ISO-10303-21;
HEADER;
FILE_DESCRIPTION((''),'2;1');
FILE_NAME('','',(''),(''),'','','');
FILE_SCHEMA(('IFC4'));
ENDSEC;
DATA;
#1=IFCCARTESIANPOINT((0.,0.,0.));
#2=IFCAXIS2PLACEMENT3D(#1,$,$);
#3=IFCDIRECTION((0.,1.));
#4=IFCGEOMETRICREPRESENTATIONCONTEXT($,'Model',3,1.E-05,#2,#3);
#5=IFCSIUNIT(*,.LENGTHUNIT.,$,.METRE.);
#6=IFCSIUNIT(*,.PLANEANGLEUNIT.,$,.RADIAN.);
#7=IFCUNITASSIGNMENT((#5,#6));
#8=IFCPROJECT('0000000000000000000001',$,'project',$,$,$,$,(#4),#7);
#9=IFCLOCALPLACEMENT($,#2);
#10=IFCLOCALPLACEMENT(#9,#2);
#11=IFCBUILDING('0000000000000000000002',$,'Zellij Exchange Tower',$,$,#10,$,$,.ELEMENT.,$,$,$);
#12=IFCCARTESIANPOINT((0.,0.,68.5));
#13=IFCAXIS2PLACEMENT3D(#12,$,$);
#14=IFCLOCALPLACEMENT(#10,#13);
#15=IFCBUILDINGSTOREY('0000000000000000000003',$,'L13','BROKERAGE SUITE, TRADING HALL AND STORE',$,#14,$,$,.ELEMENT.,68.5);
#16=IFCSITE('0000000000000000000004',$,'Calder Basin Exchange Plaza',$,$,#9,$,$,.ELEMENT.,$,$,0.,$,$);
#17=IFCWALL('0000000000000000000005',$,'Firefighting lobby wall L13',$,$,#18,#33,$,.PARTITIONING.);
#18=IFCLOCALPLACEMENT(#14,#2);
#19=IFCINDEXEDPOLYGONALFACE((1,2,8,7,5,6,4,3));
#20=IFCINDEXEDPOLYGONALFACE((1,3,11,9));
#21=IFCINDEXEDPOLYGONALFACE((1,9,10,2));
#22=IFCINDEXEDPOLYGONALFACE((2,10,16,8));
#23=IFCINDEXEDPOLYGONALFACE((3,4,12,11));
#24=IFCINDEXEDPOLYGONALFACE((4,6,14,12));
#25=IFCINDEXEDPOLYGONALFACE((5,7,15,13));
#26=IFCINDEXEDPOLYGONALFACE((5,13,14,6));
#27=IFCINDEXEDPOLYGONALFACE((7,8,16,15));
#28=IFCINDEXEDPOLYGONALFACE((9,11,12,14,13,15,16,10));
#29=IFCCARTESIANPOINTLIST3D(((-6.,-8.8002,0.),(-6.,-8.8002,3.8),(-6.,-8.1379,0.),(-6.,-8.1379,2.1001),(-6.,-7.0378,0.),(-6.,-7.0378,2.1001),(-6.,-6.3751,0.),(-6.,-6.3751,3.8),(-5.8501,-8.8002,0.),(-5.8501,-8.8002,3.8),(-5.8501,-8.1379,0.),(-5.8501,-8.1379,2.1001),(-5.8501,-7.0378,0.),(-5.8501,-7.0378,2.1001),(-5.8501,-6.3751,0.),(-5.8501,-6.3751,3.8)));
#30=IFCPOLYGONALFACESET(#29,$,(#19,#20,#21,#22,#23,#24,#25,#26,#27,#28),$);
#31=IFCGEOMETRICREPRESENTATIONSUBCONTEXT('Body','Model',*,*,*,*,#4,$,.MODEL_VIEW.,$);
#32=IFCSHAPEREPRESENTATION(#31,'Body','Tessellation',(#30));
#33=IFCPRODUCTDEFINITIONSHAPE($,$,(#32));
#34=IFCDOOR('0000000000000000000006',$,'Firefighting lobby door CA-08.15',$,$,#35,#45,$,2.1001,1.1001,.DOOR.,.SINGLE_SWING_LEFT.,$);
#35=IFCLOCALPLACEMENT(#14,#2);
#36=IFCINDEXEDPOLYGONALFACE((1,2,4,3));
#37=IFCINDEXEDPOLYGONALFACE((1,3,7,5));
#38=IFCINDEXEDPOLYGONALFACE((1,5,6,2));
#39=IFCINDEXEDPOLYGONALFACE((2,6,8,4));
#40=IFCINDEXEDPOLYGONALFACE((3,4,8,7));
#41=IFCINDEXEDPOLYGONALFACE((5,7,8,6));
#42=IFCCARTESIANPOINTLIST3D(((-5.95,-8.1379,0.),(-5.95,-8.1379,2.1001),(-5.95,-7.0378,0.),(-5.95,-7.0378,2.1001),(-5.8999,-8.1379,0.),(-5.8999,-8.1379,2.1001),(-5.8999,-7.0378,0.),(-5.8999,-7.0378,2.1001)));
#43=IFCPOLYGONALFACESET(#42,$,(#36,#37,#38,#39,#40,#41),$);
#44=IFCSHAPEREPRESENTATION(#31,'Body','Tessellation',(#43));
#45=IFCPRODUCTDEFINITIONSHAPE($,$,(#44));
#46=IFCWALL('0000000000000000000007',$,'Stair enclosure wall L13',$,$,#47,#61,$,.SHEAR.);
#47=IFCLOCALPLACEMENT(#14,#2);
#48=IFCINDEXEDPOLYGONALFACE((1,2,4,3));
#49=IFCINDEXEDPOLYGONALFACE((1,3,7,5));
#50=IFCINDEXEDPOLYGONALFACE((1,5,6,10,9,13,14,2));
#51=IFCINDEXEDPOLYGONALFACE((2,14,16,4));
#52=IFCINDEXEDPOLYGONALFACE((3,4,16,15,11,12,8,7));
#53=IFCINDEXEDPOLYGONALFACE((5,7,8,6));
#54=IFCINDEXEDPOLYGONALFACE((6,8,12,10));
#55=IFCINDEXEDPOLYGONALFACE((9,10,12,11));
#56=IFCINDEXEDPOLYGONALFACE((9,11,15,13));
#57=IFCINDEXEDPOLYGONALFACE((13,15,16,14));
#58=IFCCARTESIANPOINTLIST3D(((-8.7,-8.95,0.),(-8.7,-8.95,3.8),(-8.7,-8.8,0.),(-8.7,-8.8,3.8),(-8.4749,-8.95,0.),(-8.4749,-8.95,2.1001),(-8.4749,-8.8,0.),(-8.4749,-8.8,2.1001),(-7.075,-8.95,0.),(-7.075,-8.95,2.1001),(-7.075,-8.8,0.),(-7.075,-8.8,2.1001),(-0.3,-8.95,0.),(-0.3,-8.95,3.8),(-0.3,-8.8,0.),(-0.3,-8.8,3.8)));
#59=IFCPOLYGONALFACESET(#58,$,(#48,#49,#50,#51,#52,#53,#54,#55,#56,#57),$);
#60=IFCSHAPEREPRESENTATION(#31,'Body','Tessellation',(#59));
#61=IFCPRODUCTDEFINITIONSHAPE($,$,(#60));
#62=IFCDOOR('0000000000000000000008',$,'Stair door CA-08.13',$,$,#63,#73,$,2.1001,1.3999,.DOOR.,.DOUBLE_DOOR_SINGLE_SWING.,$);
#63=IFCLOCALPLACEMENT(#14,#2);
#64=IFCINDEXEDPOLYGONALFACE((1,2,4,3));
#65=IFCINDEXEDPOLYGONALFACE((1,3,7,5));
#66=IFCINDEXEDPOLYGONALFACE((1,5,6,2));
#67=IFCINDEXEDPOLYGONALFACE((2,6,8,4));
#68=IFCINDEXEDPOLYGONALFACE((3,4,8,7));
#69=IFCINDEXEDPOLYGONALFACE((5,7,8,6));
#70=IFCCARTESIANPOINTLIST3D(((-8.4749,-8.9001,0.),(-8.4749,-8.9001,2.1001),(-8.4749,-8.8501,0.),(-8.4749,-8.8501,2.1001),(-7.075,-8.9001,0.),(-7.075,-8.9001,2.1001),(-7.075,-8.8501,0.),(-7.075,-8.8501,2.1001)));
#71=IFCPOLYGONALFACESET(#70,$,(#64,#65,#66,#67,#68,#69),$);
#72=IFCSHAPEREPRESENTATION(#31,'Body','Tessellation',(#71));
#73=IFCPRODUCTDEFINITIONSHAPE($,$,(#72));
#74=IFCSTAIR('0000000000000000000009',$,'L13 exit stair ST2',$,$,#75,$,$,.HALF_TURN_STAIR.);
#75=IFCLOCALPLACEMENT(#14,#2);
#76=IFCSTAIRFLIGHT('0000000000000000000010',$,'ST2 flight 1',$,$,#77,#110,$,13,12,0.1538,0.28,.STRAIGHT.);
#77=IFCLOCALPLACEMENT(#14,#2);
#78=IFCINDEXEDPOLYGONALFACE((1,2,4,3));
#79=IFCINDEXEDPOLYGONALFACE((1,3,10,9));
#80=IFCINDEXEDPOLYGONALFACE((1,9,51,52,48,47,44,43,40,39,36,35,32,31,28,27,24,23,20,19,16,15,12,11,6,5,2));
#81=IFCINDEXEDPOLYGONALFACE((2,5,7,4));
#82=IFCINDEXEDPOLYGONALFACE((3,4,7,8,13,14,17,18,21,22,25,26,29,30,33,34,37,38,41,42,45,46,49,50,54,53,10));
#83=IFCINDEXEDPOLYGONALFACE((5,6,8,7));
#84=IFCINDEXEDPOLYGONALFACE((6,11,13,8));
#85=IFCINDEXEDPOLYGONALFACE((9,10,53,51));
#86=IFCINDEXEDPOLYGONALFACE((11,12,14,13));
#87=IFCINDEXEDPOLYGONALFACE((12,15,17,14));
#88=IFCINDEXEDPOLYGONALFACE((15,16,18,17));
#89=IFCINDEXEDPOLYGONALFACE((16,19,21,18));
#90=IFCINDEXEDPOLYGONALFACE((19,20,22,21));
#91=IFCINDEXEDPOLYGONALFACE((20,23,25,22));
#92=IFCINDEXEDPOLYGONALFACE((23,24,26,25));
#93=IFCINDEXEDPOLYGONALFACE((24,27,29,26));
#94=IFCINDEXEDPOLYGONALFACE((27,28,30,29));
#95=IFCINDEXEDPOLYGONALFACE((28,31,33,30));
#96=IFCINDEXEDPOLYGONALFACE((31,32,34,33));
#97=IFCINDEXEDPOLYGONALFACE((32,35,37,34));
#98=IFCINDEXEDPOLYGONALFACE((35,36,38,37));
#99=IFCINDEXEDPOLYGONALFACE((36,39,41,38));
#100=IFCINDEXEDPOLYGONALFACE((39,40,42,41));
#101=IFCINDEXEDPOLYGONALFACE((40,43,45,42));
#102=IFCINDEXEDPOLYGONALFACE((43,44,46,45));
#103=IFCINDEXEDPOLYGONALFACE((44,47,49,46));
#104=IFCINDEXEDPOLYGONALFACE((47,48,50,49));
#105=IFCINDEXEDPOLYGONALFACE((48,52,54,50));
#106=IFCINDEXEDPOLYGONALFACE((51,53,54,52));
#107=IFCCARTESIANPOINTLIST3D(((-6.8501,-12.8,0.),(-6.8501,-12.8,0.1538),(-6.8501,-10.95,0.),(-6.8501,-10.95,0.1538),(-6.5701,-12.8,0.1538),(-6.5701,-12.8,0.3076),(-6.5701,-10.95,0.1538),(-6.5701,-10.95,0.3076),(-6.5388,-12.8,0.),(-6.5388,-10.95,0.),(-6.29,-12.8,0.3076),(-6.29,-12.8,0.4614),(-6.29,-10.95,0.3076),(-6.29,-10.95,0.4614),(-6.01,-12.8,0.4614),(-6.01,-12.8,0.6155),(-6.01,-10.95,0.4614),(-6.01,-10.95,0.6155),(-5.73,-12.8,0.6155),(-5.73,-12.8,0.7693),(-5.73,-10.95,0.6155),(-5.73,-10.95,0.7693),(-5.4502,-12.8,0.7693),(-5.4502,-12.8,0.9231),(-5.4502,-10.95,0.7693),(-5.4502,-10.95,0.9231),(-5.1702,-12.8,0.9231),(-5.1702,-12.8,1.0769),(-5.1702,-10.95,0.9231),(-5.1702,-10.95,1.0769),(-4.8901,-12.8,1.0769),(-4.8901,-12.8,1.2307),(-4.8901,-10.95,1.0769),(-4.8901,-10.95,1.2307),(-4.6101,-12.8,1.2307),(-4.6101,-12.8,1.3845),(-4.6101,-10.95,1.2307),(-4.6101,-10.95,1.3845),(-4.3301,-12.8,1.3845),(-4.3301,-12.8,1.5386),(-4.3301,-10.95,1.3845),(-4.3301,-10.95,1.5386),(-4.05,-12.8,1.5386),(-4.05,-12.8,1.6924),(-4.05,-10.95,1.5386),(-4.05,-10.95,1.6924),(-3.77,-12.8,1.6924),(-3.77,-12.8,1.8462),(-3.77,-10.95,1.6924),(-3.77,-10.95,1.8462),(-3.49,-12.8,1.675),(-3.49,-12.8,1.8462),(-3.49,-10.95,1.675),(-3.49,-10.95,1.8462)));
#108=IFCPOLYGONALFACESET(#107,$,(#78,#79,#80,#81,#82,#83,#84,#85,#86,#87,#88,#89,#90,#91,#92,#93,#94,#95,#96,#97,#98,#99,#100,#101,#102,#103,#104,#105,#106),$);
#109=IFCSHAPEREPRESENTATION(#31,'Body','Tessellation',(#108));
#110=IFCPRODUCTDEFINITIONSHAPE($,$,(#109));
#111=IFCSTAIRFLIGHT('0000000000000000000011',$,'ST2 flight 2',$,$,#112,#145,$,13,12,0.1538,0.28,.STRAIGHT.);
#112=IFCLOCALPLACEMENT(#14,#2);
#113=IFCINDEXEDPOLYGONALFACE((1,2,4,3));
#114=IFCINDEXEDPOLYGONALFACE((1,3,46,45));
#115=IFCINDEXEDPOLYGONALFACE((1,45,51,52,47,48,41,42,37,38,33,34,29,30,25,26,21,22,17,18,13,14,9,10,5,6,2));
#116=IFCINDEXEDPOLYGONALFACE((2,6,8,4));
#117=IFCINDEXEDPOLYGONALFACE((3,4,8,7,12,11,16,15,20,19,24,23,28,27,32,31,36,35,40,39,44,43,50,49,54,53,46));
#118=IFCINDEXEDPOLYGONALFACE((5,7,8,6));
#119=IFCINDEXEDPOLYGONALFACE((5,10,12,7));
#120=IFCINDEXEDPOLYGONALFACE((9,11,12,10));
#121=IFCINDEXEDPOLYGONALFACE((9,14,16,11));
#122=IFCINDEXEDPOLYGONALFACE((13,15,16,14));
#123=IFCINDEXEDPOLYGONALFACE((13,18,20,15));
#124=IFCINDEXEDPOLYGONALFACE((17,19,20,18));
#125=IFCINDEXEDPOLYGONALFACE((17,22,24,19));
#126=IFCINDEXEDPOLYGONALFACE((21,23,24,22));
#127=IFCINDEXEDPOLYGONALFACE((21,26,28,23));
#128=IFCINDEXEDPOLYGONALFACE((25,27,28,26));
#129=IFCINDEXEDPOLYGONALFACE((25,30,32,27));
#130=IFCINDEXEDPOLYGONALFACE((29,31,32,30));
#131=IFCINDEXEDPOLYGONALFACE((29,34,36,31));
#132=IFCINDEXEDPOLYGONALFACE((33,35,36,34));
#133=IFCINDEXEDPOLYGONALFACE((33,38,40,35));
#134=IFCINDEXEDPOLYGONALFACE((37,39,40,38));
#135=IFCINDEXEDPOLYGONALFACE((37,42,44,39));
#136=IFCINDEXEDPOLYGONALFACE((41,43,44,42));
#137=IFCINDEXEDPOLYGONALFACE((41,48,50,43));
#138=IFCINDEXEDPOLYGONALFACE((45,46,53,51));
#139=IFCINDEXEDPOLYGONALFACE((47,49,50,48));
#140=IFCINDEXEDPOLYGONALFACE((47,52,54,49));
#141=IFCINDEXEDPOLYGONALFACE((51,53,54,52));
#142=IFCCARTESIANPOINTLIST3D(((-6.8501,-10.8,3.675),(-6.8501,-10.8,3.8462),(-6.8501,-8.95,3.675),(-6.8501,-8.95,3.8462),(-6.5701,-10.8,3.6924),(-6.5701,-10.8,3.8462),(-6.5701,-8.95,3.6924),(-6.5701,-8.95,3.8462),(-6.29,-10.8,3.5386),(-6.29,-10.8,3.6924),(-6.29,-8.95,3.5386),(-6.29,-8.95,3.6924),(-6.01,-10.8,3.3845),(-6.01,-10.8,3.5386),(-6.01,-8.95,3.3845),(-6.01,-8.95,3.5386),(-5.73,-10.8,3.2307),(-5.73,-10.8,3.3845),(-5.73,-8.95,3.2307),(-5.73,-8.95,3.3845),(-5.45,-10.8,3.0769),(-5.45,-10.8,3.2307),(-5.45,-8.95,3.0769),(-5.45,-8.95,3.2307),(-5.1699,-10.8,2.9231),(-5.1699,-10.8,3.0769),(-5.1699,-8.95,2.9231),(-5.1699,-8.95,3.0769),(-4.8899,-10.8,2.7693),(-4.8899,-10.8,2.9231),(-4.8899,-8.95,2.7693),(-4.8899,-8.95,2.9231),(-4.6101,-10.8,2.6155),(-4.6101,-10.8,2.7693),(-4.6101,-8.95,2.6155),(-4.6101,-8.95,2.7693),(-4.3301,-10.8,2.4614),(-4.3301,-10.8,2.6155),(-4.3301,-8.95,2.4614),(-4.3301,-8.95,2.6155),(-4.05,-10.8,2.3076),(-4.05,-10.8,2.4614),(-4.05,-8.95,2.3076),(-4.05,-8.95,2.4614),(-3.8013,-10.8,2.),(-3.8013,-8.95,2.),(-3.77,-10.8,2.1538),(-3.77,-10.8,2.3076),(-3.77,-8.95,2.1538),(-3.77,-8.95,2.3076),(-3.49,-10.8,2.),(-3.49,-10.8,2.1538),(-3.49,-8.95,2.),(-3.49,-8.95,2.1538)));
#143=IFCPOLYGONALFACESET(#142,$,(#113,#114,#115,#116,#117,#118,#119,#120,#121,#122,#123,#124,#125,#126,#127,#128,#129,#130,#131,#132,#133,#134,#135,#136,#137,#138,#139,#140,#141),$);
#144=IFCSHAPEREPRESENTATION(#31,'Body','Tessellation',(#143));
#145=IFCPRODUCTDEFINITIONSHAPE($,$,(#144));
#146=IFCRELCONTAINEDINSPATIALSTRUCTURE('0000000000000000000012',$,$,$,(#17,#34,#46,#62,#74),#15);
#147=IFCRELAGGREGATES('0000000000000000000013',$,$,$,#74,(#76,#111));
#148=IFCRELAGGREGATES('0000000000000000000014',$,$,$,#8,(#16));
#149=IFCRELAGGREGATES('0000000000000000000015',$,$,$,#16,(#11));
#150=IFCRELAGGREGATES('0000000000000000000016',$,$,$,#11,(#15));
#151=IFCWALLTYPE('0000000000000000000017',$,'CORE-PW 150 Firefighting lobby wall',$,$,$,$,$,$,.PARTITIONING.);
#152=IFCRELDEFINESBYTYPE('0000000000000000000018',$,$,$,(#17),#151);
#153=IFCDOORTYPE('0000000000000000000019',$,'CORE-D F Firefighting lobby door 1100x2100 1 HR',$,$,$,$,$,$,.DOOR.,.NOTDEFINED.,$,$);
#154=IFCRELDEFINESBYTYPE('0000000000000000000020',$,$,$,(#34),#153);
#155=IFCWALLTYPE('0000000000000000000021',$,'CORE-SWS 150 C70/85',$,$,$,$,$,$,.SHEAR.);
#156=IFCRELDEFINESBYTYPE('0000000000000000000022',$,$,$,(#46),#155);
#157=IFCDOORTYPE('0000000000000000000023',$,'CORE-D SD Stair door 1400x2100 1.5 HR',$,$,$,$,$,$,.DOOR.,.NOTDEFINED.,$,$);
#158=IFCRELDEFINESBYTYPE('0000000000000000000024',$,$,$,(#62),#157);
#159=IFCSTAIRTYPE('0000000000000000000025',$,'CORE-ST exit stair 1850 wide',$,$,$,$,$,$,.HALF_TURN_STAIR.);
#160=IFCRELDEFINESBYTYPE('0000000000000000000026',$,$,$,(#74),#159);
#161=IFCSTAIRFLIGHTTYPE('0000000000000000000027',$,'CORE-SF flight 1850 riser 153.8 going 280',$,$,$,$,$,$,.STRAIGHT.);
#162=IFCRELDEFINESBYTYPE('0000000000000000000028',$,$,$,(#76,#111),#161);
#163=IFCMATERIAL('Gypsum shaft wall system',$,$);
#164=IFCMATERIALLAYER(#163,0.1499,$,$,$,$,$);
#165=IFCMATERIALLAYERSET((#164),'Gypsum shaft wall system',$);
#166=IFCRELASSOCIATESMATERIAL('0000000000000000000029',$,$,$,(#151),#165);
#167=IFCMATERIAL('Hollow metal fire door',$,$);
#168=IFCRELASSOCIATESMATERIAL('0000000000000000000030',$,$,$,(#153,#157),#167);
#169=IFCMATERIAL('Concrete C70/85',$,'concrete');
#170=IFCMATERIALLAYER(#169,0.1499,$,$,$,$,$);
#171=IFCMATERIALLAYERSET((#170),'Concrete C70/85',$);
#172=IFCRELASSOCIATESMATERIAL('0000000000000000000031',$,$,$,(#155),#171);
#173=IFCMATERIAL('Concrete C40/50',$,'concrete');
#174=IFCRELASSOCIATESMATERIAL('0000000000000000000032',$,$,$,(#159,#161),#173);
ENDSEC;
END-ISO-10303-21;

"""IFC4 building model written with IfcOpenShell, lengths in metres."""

from ifc_helpers import new_model, si_unit, direction, frame, frame_2d, origin, place, context, subcontext, project, spatial, polyline, rectangle, outline, extrude, material, layer, layer_set, type_object, element, fill, aggregate, save


model = new_model("IFC4")

# Units and contexts
model_context = context("Model", 3, precision=1e-05, world=origin(), true_north=direction((0.0, 1.0)))
body_context = subcontext(model_context, "Body", "Model", "MODEL_VIEW")
ifc_project = project(units=[si_unit("LENGTHUNIT", "METRE"), si_unit("PLANEANGLEUNIT", "RADIAN")], contexts=[model_context])

# Site, building, storey
site_placement = place(None, origin())
site = spatial("IfcSite", under=ifc_project, at=site_placement, Name="Calder Basin Exchange Plaza", CompositionType="ELEMENT", RefElevation=0.0)
building_placement = place(site_placement, origin())
building = spatial("IfcBuilding", under=site, at=building_placement, Name="Zellij Exchange Tower", CompositionType="ELEMENT")
storey_placement = place(building_placement, frame((0.0, 0.0, 68.5)))
storey = spatial("IfcBuildingStorey", under=building, at=storey_placement, Name="L13", Description="BROKERAGE SUITE, TRADING HALL AND STORE", CompositionType="ELEMENT", Elevation=68.5)

# Shared definitions
ifc_material_1 = material(Name="Concrete C70/85", Category="concrete")

# Walls, openings, doors
ifc_material_2 = material(Name="Gypsum shaft wall system")
ifc_layer_1 = layer(ifc_material_2, 0.1499)
ifc_layer_set_1 = layer_set([ifc_layer_1], Name="Gypsum shaft wall system")
wall_type_1 = type_object("IfcWallType", Name="CORE-PW 150 Firefighting lobby wall", PredefinedType="PARTITIONING", material=ifc_layer_set_1)
wall_1_placement = place(storey_placement, frame((-5.925, -8.8, 0.0), z_axis=(0.0, 0.0, 1.0), x_axis=(0.0, 1.0, 0.0)))
wall_1 = element("IfcWall", 1, at=wall_1_placement, inside=storey, type_object=wall_type_1, Name="Firefighting lobby wall L13", PredefinedType="PARTITIONING", context=body_context, shape_type="SweptSolid", body=[
    extrude(rectangle(XDim=2.425, YDim=0.1499, at=frame_2d((1.2124, 0.0))), origin(), (0.0, 0.0, 1.0), 3.8),
])
opening_1_placement = place(wall_1_placement, frame((0.6621, 0.0, 0.0)))
opening_1 = element("IfcOpeningElement", 2, at=opening_1_placement, cuts=wall_1, PredefinedType="OPENING", context=body_context, shape_type="SweptSolid", body=[
    extrude(rectangle(XDim=1.1001, YDim=2.1001, at=frame_2d((0.55, 1.05))), frame((0.0, 0.0869, 0.0), z_axis=(0.0, -1.0, 0.0), x_axis=(1.0, 0.0, 0.0)), (0.0, 0.0, 1.0), 0.1738),
])
ifc_material_3 = material(Name="Hollow metal fire door")
door_type_1 = type_object("IfcDoorType", Name="CORE-D F Firefighting lobby door 1100x2100 1 HR", OperationType="NOTDEFINED", PredefinedType="DOOR", material=ifc_material_3)
door_1_placement = place(opening_1_placement, origin())
door_1 = element("IfcDoor", 3, at=door_1_placement, inside=storey, type_object=door_type_1, Name="Firefighting lobby door CA-08.15", OperationType="SINGLE_SWING_LEFT", OverallHeight=2.1001, OverallWidth=1.1001, PredefinedType="DOOR", context=body_context, shape_type="SweptSolid", body=[
    extrude(rectangle(XDim=1.1001, YDim=2.1001, at=frame_2d((0.55, 1.05))), frame((0.0, 0.0249, 0.0), z_axis=(0.0, -1.0, 0.0), x_axis=(1.0, 0.0, 0.0)), (0.0, 0.0, 1.0), 0.05),
])
fill(opening_1, door_1)
ifc_layer_2 = layer(ifc_material_1, 0.1499)
ifc_layer_set_2 = layer_set([ifc_layer_2], Name="Concrete C70/85")
wall_type_2 = type_object("IfcWallType", Name="CORE-SWS 150 C70/85", PredefinedType="SHEAR", material=ifc_layer_set_2)
wall_2_placement = place(storey_placement, frame((-8.7, -8.875, 0.0), z_axis=(0.0, 0.0, 1.0), x_axis=(1.0, 0.0, 0.0)))
wall_2 = element("IfcWall", 4, at=wall_2_placement, inside=storey, type_object=wall_type_2, Name="Stair enclosure wall L13", PredefinedType="SHEAR", context=body_context, shape_type="SweptSolid", body=[
    extrude(rectangle(XDim=8.3999, YDim=0.1499, at=frame_2d((4.2, 0.0))), origin(), (0.0, 0.0, 1.0), 3.8),
])
opening_2_placement = place(wall_2_placement, frame((0.2251, 0.0, 0.0)))
opening_2 = element("IfcOpeningElement", 5, at=opening_2_placement, cuts=wall_2, PredefinedType="OPENING", context=body_context, shape_type="SweptSolid", body=[
    extrude(rectangle(XDim=1.3999, YDim=2.1001, at=frame_2d((0.7, 1.05))), frame((0.0, 0.0869, 0.0), z_axis=(0.0, -1.0, 0.0), x_axis=(1.0, 0.0, 0.0)), (0.0, 0.0, 1.0), 0.1738),
])
door_type_2 = type_object("IfcDoorType", Name="CORE-D SD Stair door 1400x2100 1.5 HR", OperationType="NOTDEFINED", PredefinedType="DOOR", material=ifc_material_3)
door_2_placement = place(opening_2_placement, origin())
door_2 = element("IfcDoor", 6, at=door_2_placement, inside=storey, type_object=door_type_2, Name="Stair door CA-08.13", OperationType="DOUBLE_DOOR_SINGLE_SWING", OverallHeight=2.1001, OverallWidth=1.3999, PredefinedType="DOOR", context=body_context, shape_type="SweptSolid", body=[
    extrude(rectangle(XDim=1.3999, YDim=2.1001, at=frame_2d((0.7, 1.05))), frame((0.0, 0.0249, 0.0), z_axis=(0.0, -1.0, 0.0), x_axis=(1.0, 0.0, 0.0)), (0.0, 0.0, 1.0), 0.05),
])
fill(opening_2, door_2)

# Stair, stair flights
ifc_material_4 = material(Name="Concrete C40/50", Category="concrete")
stair_type = type_object("IfcStairType", Name="CORE-ST exit stair 1850 wide", PredefinedType="HALF_TURN_STAIR", material=ifc_material_4)
stair_placement = place(storey_placement, origin())
stair = element("IfcStair", 7, at=stair_placement, inside=storey, type_object=stair_type, Name="L13 exit stair ST2", PredefinedType="HALF_TURN_STAIR")
stair_flight_type = type_object("IfcStairFlightType", Name="CORE-SF flight 1850 riser 153.8 going 280", PredefinedType="STRAIGHT", material=ifc_material_4)
stair_flight_1_placement = place(storey_placement, frame((-6.8501, -11.875, 0.0), z_axis=(0.0, 0.0, 1.0), x_axis=(1.0, 0.0, 0.0)))
stair_flight_1 = element("IfcStairFlight", 8, at=stair_flight_1_placement, type_object=stair_flight_type, Name="ST2 flight 1", NumberOfRisers=13, NumberOfTreads=12, PredefinedType="STRAIGHT", RiserHeight=0.1538, TreadLength=0.28, context=body_context, shape_type="SweptSolid", body=[
    extrude(outline(polyline([(0.0, 0.0), (0.0, 0.1538), (0.28, 0.1538), (0.28, 0.3076), (0.5601, 0.3076), (0.5601, 0.4614), (0.8401, 0.4614), (0.8401, 0.6155), (1.1201, 0.6155), (1.1201, 0.7693), (1.3999, 0.7693), (1.3999, 0.9231), (1.6799, 0.9231), (1.6799, 1.0769), (1.96, 1.0769), (1.96, 1.2307), (2.24, 1.2307), (2.24, 1.3845), (2.52, 1.3845), (2.52, 1.5386), (2.8, 1.5386), (2.8, 1.6924), (3.0801, 1.6924), (3.0801, 1.8462), (3.3601, 1.8462), (3.3601, 2.0), (3.3601, 1.675), (0.3113, 0.0), (0.0, 0.0)])), frame((0.0, 0.925, 0.0), z_axis=(0.0, -1.0, 0.0), x_axis=(1.0, 0.0, 0.0)), (0.0, 0.0, 1.0), 1.8501),
])
stair_flight_2_placement = place(storey_placement, frame((-3.49, -9.875, 2.0), z_axis=(0.0, 0.0, 1.0), x_axis=(-1.0, 0.0, 0.0)))
stair_flight_2 = element("IfcStairFlight", 9, at=stair_flight_2_placement, type_object=stair_flight_type, Name="ST2 flight 2", NumberOfRisers=13, NumberOfTreads=12, PredefinedType="STRAIGHT", RiserHeight=0.1538, TreadLength=0.28, context=body_context, shape_type="SweptSolid", body=[
    extrude(outline(polyline([(0.0, 0.0), (0.0, 0.1538), (0.28, 0.1538), (0.28, 0.3076), (0.5601, 0.3076), (0.5601, 0.4614), (0.8401, 0.4614), (0.8401, 0.6155), (1.1201, 0.6155), (1.1201, 0.7693), (1.3999, 0.7693), (1.3999, 0.9231), (1.6799, 0.9231), (1.6799, 1.0769), (1.96, 1.0769), (1.96, 1.2307), (2.24, 1.2307), (2.24, 1.3845), (2.52, 1.3845), (2.52, 1.5386), (2.8, 1.5386), (2.8, 1.6924), (3.0801, 1.6924), (3.0801, 1.8462), (3.3601, 1.8462), (3.3601, 2.0), (3.3601, 1.675), (0.3113, 0.0), (0.0, 0.0)])), frame((0.0, 0.925, 0.0), z_axis=(0.0, -1.0, 0.0), x_axis=(1.0, 0.0, 0.0)), (0.0, 0.0, 1.0), 1.8501),
])
aggregate(stair, [stair_flight_1, stair_flight_2])

save(model, "model.ifc")
